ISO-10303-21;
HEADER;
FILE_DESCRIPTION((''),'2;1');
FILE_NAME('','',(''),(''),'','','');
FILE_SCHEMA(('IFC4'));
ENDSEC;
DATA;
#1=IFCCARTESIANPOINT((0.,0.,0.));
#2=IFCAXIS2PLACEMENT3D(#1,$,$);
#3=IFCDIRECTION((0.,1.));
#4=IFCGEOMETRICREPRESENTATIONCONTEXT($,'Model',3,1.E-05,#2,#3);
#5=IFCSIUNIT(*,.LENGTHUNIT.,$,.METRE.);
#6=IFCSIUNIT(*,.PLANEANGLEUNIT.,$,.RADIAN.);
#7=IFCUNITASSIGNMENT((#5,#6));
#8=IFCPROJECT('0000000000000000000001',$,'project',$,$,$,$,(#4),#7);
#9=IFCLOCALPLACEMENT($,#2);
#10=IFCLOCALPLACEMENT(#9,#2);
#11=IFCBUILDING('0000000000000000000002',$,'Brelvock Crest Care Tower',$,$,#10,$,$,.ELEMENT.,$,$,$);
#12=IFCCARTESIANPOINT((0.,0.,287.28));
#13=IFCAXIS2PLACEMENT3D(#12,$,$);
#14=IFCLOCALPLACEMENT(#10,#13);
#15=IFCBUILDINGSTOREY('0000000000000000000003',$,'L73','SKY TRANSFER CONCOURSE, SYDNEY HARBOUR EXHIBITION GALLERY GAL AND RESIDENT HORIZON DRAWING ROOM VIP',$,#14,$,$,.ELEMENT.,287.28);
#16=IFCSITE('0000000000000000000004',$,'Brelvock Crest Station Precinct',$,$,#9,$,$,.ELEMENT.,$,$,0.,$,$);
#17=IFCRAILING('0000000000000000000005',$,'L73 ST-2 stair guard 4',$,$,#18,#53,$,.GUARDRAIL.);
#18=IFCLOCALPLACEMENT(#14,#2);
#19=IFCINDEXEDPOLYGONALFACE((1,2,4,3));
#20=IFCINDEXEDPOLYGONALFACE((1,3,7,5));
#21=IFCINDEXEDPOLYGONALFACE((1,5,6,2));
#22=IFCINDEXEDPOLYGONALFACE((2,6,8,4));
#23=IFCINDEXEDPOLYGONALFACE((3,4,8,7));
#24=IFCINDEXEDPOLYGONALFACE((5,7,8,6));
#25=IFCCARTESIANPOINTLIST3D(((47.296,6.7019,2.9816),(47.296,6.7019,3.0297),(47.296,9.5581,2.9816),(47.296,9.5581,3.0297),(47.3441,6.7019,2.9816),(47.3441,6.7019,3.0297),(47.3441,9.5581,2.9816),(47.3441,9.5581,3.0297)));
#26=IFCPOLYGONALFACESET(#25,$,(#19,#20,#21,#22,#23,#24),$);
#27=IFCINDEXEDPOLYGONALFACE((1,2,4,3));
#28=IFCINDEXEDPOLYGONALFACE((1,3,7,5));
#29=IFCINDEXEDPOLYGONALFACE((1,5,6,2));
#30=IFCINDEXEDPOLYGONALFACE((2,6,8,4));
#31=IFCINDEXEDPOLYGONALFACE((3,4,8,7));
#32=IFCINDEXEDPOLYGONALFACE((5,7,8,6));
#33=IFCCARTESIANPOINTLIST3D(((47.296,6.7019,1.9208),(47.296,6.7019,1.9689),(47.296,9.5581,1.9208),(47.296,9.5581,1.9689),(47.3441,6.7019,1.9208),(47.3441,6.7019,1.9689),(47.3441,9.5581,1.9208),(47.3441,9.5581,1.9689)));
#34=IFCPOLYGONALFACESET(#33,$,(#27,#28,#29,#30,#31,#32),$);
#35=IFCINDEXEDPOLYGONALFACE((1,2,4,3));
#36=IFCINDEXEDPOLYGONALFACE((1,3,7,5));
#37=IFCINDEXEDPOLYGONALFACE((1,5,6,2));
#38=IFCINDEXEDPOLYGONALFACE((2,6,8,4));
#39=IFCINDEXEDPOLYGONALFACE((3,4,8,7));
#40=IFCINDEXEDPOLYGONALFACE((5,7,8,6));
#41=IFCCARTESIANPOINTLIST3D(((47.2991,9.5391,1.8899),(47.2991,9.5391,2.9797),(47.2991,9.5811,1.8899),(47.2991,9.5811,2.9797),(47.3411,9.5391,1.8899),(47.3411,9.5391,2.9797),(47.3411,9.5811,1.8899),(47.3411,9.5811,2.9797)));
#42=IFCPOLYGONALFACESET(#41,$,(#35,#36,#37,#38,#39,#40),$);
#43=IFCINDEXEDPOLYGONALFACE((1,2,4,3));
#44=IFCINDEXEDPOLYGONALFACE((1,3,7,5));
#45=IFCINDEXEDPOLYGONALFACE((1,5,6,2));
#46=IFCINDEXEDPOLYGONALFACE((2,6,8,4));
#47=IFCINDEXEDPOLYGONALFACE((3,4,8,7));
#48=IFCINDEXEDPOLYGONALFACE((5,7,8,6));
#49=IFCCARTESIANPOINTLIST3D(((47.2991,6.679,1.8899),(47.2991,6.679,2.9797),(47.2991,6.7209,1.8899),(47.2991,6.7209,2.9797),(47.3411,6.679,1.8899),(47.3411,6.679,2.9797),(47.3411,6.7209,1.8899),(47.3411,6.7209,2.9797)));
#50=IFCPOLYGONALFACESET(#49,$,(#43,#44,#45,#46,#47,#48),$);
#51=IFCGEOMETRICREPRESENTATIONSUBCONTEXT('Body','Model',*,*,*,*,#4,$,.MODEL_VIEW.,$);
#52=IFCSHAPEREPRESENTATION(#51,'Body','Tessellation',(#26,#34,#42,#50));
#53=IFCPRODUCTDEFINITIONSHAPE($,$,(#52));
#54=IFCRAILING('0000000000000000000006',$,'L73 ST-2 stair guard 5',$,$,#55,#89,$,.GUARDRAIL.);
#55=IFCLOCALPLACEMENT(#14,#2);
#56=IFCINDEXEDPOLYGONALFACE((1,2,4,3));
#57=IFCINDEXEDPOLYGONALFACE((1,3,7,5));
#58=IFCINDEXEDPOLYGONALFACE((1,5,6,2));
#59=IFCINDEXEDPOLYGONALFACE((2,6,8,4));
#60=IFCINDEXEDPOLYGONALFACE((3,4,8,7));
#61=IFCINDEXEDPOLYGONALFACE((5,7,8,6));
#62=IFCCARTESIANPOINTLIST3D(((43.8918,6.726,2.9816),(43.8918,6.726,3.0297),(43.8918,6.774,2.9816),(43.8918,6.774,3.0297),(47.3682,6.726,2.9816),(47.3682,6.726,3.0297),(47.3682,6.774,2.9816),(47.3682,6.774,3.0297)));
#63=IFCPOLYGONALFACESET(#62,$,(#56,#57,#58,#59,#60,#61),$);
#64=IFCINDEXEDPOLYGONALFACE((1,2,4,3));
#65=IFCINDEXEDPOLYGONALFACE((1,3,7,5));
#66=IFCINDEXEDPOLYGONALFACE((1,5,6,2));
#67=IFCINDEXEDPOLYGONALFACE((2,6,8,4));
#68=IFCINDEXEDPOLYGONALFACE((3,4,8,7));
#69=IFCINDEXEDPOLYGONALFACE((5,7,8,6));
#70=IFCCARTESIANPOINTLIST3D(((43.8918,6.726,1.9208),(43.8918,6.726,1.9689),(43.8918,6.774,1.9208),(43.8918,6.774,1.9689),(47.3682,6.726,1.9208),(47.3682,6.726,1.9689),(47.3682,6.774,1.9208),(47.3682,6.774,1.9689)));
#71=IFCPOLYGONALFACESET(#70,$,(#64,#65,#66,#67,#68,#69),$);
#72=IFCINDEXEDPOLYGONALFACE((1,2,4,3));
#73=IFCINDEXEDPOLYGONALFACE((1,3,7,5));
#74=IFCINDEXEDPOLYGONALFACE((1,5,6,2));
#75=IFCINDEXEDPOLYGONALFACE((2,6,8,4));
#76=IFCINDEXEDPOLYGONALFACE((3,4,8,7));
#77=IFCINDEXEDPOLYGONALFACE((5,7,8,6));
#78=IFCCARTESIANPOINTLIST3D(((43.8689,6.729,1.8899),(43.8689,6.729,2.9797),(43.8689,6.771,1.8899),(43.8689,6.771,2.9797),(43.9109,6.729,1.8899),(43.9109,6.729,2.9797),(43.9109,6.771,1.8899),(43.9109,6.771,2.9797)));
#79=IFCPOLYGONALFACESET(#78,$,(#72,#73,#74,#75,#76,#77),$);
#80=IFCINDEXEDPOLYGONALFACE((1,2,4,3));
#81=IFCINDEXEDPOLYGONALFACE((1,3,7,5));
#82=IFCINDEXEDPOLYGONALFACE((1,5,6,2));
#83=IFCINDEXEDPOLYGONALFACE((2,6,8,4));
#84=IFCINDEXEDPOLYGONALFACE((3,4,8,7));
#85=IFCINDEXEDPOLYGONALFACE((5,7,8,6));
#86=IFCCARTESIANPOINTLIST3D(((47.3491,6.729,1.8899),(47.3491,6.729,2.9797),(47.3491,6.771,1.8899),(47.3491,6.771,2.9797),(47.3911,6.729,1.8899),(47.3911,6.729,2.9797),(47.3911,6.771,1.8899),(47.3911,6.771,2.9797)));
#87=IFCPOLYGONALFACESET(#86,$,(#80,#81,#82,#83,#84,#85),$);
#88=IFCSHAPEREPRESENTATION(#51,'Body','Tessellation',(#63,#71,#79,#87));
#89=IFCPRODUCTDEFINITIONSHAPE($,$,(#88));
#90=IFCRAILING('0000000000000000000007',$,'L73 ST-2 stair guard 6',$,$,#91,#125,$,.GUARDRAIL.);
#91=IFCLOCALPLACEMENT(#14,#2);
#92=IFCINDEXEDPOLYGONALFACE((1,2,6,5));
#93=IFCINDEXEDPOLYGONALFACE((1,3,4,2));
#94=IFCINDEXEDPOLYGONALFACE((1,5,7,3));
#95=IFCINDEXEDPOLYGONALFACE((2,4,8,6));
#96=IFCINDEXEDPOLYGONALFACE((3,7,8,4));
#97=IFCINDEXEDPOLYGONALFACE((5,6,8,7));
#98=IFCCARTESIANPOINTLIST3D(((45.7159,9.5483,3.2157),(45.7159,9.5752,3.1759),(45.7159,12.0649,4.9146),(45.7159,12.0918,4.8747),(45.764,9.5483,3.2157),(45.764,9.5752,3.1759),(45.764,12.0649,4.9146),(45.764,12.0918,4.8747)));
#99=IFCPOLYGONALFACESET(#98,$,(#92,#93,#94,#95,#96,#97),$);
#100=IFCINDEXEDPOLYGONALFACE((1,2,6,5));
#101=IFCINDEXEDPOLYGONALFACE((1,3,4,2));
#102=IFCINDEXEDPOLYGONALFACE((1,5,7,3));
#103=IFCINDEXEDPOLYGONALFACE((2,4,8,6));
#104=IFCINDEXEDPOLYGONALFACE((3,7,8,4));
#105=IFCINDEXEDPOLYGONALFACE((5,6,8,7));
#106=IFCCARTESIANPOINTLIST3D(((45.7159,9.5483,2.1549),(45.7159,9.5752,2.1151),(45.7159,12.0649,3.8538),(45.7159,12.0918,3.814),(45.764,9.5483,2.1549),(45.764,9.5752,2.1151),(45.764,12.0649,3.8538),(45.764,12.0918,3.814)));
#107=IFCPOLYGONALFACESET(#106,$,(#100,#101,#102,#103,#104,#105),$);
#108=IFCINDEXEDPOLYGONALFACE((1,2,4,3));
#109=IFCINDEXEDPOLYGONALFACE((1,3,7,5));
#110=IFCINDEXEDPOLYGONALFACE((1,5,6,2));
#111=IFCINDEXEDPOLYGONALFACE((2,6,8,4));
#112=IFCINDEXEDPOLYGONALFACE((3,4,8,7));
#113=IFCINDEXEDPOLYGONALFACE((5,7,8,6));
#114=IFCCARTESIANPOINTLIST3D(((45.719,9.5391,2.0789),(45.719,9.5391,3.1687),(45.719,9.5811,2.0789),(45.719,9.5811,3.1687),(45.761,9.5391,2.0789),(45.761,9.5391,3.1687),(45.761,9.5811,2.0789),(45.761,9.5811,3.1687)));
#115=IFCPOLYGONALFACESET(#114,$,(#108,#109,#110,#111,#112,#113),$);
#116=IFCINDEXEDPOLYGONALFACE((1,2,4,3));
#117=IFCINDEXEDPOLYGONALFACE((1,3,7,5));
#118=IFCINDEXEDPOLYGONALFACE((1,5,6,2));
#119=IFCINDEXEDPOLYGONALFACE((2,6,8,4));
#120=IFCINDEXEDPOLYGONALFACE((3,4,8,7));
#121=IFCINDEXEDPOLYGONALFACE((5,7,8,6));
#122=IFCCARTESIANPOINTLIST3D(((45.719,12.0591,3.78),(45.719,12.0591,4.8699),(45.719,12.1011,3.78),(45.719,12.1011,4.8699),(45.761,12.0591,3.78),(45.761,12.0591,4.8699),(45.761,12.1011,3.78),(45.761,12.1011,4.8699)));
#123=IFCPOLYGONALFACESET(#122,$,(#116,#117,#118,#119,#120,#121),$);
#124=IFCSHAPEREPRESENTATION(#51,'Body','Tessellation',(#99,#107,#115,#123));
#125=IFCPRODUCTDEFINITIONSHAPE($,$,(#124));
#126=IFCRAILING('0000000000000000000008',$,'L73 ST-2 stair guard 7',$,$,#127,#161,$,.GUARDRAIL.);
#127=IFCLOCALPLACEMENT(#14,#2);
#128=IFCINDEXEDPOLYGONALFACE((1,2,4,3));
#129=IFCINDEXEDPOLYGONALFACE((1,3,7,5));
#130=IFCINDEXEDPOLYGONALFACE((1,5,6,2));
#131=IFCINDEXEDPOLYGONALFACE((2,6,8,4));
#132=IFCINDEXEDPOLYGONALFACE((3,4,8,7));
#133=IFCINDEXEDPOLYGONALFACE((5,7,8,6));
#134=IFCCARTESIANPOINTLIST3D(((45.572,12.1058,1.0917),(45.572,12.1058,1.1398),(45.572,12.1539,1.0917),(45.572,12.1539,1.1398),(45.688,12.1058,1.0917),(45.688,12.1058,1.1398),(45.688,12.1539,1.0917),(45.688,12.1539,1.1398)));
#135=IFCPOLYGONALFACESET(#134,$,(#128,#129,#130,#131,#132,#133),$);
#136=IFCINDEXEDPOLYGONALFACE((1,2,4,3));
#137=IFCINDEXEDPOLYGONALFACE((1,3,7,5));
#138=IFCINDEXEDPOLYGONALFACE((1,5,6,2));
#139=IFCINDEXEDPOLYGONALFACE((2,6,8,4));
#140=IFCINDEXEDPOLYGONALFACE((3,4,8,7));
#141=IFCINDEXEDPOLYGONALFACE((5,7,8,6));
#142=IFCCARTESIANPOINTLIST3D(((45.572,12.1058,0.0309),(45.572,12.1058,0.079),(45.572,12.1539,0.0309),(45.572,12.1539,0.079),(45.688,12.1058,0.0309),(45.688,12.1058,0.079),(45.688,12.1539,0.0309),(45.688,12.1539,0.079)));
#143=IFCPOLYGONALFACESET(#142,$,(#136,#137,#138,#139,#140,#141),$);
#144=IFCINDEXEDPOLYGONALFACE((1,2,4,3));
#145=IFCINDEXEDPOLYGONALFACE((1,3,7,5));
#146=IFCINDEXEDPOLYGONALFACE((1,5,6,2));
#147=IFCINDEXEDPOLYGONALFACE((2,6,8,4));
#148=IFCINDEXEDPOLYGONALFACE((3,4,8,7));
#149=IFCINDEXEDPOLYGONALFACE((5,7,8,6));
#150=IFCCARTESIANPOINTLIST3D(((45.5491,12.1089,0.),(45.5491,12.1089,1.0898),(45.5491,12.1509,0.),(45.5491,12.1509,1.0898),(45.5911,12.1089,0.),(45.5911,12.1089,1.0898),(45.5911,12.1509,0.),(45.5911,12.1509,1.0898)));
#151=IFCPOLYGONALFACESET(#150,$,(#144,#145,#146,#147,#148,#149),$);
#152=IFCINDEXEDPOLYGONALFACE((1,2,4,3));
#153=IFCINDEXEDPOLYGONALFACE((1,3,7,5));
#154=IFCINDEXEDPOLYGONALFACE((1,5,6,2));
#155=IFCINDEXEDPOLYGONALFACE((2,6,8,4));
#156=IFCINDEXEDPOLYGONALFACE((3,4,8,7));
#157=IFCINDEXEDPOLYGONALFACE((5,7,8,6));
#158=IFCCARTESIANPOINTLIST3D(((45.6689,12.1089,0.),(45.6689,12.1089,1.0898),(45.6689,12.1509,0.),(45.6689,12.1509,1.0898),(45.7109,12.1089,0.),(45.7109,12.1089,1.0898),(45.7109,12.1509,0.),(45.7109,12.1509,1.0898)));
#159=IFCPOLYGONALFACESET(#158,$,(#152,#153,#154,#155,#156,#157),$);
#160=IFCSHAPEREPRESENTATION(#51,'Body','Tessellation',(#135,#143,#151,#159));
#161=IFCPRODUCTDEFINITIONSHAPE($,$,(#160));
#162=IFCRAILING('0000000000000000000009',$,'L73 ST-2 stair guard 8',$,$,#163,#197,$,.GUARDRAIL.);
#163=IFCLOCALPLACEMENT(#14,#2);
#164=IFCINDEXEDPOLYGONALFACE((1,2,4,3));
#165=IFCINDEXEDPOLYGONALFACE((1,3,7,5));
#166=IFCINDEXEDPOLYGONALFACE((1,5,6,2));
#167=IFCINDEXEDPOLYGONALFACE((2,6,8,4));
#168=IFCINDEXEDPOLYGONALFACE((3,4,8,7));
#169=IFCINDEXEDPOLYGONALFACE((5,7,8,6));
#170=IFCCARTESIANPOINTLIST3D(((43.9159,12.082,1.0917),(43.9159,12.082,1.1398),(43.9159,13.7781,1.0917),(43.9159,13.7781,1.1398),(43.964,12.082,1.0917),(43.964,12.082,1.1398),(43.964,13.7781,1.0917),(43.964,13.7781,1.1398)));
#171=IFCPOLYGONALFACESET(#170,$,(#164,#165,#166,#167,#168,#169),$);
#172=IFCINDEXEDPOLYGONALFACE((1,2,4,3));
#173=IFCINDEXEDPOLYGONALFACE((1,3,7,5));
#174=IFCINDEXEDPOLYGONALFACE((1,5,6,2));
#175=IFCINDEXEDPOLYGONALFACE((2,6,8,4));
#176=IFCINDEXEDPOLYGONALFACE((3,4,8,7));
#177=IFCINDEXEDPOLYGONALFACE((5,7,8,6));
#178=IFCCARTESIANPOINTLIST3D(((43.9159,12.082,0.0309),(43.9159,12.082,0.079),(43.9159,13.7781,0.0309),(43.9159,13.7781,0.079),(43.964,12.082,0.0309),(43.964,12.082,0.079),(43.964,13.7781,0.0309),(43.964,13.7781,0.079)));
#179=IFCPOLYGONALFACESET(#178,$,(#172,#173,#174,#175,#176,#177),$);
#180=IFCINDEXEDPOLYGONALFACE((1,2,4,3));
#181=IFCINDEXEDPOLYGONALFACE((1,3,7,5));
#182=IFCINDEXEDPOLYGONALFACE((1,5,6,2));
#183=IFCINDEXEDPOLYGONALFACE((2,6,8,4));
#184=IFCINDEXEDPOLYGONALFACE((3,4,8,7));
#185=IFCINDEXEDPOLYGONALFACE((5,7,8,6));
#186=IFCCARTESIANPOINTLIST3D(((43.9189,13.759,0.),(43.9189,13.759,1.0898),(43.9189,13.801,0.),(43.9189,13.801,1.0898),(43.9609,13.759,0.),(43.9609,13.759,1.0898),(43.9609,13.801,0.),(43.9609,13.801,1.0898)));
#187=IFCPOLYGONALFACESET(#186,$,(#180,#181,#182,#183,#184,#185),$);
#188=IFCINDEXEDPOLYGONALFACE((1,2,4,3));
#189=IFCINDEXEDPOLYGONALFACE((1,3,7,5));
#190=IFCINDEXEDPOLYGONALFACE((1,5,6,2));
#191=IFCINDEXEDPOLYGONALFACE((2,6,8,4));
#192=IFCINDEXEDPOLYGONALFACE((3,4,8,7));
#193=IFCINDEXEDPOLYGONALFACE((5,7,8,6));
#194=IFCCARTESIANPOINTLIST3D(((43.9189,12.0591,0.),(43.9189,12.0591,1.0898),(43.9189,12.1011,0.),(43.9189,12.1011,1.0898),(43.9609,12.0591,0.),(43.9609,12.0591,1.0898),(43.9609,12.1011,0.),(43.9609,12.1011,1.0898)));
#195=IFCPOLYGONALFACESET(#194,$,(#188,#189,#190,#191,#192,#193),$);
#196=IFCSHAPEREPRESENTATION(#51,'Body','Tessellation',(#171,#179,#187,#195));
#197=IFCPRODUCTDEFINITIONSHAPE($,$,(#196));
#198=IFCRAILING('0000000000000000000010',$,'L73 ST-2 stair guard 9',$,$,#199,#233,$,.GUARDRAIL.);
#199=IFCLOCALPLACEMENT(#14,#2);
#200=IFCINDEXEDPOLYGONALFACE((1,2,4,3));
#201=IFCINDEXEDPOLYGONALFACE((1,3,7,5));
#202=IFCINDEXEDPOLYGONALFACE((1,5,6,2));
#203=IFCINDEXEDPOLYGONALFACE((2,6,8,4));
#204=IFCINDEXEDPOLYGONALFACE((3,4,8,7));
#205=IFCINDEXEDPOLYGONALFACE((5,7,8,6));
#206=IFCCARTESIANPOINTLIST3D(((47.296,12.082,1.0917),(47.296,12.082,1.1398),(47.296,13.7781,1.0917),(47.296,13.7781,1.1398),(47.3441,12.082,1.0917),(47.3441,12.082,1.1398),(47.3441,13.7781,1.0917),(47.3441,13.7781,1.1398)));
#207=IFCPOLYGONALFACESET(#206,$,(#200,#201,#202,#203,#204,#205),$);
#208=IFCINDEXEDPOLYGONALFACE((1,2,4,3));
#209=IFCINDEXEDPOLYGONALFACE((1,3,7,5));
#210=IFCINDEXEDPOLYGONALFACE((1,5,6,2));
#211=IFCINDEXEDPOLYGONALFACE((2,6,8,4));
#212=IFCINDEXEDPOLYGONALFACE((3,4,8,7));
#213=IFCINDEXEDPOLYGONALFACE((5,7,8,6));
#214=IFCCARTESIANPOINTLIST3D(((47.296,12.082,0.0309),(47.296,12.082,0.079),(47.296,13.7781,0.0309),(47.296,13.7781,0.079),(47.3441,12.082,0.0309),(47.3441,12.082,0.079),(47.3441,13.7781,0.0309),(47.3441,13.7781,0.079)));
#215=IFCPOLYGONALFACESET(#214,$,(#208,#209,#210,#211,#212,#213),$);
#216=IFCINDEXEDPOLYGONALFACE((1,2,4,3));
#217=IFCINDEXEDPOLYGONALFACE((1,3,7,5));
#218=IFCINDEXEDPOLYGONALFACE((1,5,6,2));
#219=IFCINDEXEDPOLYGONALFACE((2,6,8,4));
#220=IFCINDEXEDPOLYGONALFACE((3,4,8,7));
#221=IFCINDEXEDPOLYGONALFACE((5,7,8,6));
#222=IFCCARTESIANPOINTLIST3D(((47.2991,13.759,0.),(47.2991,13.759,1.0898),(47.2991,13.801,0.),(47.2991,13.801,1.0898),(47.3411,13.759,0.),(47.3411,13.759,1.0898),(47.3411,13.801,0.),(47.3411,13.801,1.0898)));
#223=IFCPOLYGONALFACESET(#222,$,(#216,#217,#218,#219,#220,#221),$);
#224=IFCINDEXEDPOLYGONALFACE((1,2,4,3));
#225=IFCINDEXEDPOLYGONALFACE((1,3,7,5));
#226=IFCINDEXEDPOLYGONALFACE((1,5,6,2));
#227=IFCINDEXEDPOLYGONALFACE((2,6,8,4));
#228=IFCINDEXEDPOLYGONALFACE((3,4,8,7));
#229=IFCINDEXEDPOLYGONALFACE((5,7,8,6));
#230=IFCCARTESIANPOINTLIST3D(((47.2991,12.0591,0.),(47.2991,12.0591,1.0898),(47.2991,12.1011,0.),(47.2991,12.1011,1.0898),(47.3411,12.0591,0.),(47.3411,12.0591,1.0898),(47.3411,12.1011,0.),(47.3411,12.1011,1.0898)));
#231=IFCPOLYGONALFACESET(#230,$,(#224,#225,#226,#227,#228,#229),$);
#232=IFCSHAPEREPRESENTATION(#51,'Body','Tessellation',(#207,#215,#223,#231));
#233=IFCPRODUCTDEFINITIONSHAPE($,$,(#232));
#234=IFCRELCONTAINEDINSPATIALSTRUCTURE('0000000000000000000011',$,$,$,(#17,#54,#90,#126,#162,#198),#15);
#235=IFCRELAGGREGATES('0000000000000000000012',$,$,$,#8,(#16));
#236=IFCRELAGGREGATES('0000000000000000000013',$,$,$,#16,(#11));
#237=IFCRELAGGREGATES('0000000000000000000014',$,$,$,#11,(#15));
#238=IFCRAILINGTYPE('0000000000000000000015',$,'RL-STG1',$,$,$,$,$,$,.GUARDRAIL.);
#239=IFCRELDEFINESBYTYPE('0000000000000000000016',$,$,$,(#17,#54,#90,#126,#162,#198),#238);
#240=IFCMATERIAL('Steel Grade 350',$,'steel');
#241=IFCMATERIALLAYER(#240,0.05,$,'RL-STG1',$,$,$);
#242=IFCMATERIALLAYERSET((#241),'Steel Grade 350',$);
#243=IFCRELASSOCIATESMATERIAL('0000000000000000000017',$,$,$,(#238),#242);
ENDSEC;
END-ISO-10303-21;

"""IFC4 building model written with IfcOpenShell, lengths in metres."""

from ifc_helpers import new_model, si_unit, direction, frame, origin, origin_2d, place, context, subcontext, project, spatial, rectangle, extrude, material, layer, layer_set, type_object, element, save


model = new_model("IFC4")

# Units and contexts
model_context = context("Model", 3, precision=1e-05, world=origin(), true_north=direction((0.0, 1.0)))
body_context = subcontext(model_context, "Body", "Model", "MODEL_VIEW")
ifc_project = project(units=[si_unit("LENGTHUNIT", "METRE"), si_unit("PLANEANGLEUNIT", "RADIAN")], contexts=[model_context])

# Site, building, storey
site_placement = place(None, origin())
site = spatial("IfcSite", under=ifc_project, at=site_placement, Name="Brelvock Crest Station Precinct", CompositionType="ELEMENT", RefElevation=0.0)
building_placement = place(site_placement, origin())
building = spatial("IfcBuilding", under=site, at=building_placement, Name="Brelvock Crest Care Tower", CompositionType="ELEMENT")
storey_placement = place(building_placement, frame((0.0, 0.0, 287.28)))
storey = spatial("IfcBuildingStorey", under=building, at=storey_placement, Name="L73", Description="SKY TRANSFER CONCOURSE, SYDNEY HARBOUR EXHIBITION GALLERY GAL AND RESIDENT HORIZON DRAWING ROOM VIP", CompositionType="ELEMENT", Elevation=287.28)

# Shared definitions
ifc_material_1 = material(Name="Steel Grade 350", Category="steel")

# Railings
ifc_layer_1 = layer(ifc_material_1, 0.05, Name="RL-STG1")
ifc_layer_set_1 = layer_set([ifc_layer_1], Name="Steel Grade 350")
railing_type_1 = type_object("IfcRailingType", Name="RL-STG1", PredefinedType="GUARDRAIL", material=ifc_layer_set_1)
for number, where, name in (
    (1, (47.3201, 9.5601, 1.8899), "L73 ST-2 stair guard 4"),
):
    element("IfcRailing", number, at=place(storey_placement, frame(where)), inside=storey, type_object=railing_type_1, Name=name, PredefinedType="GUARDRAIL", context=body_context, shape_type="SweptSolid", body=[
        extrude(rectangle(XDim=0.0481, YDim=0.0481, at=origin_2d()), frame((0.0, -0.002, 1.1157), z_axis=(0.0, -1.0, 0.0), x_axis=(1.0, 0.0, 0.0)), (0.0, 0.0, 1.0), 2.8562),
        extrude(rectangle(XDim=0.0481, YDim=0.0481, at=origin_2d()), frame((0.0, -0.002, 0.0549), z_axis=(0.0, -1.0, 0.0), x_axis=(1.0, 0.0, 0.0)), (0.0, 0.0, 1.0), 2.8562),
        extrude(rectangle(XDim=0.042, YDim=0.042, at=origin_2d()), origin(), (0.0, 0.0, 1.0), 1.0898),
        extrude(rectangle(XDim=0.042, YDim=0.042, at=origin_2d()), frame((0.0, -2.8601, 0.0)), (0.0, 0.0, 1.0), 1.0898),
    ])
railing_1_placement = place(storey_placement, frame((43.8899, 6.75, 1.8899)))
element("IfcRailing", 2, at=railing_1_placement, inside=storey, type_object=railing_type_1, Name="L73 ST-2 stair guard 5", PredefinedType="GUARDRAIL", context=body_context, shape_type="SweptSolid", body=[
    extrude(rectangle(XDim=0.0481, YDim=0.0481, at=origin_2d()), frame((0.002, 0.0, 1.1157), z_axis=(1.0, 0.0, 0.0), x_axis=(0.0, 1.0, 0.0)), (0.0, 0.0, 1.0), 3.4763),
    extrude(rectangle(XDim=0.0481, YDim=0.0481, at=origin_2d()), frame((0.002, 0.0, 0.0549), z_axis=(1.0, 0.0, 0.0), x_axis=(0.0, 1.0, 0.0)), (0.0, 0.0, 1.0), 3.4763),
    extrude(rectangle(XDim=0.042, YDim=0.042, at=origin_2d()), origin(), (0.0, 0.0, 1.0), 1.0898),
    extrude(rectangle(XDim=0.042, YDim=0.042, at=origin_2d()), frame((3.4802, 0.0, 0.0)), (0.0, 0.0, 1.0), 1.0898),
])
railing_2_placement = place(storey_placement, frame((45.74, 9.5601, 2.0789)))
element("IfcRailing", 3, at=railing_2_placement, inside=storey, type_object=railing_type_1, Name="L73 ST-2 stair guard 6", PredefinedType="GUARDRAIL", context=body_context, shape_type="SweptSolid", body=[
    extrude(rectangle(XDim=0.0481, YDim=0.0481, at=origin_2d()), frame((0.0, 0.0017, 1.1169), z_axis=(0.0, 0.828824, 0.559509), x_axis=(-1.0, 0.0, 0.0)), (0.0, 0.0, 1.0), 3.0364),
    extrude(rectangle(XDim=0.0481, YDim=0.0481, at=origin_2d()), frame((0.0, 0.0017, 0.0562), z_axis=(0.0, 0.828824, 0.559509), x_axis=(-1.0, 0.0, 0.0)), (0.0, 0.0, 1.0), 3.0364),
    extrude(rectangle(XDim=0.042, YDim=0.042, at=origin_2d()), origin(), (0.0, 0.0, 1.0), 1.0898),
    extrude(rectangle(XDim=0.042, YDim=0.042, at=origin_2d()), frame((0.0, 2.52, 1.7012)), (0.0, 0.0, 1.0), 1.0898),
])
railing_3_placement = place(storey_placement, frame((45.5701, 12.1299, 0.0)))
element("IfcRailing", 4, at=railing_3_placement, inside=storey, type_object=railing_type_1, Name="L73 ST-2 stair guard 7", PredefinedType="GUARDRAIL", context=body_context, shape_type="SweptSolid", body=[
    extrude(rectangle(XDim=0.0481, YDim=0.0481, at=origin_2d()), frame((0.002, 0.0, 1.1157), z_axis=(1.0, 0.0, 0.0), x_axis=(0.0, 1.0, 0.0)), (0.0, 0.0, 1.0), 0.116),
    extrude(rectangle(XDim=0.0481, YDim=0.0481, at=origin_2d()), frame((0.002, 0.0, 0.0549), z_axis=(1.0, 0.0, 0.0), x_axis=(0.0, 1.0, 0.0)), (0.0, 0.0, 1.0), 0.116),
    extrude(rectangle(XDim=0.042, YDim=0.042, at=origin_2d()), origin(), (0.0, 0.0, 1.0), 1.0898),
    extrude(rectangle(XDim=0.042, YDim=0.042, at=origin_2d()), frame((0.1199, 0.0, 0.0)), (0.0, 0.0, 1.0), 1.0898),
])
for number, where, name in (
    (5, (43.9399, 13.78, 0.0), "L73 ST-2 stair guard 8"),
    (6, (47.3201, 13.78, 0.0), "L73 ST-2 stair guard 9"),
):
    element("IfcRailing", number, at=place(storey_placement, frame(where)), inside=storey, type_object=railing_type_1, Name=name, PredefinedType="GUARDRAIL", context=body_context, shape_type="SweptSolid", body=[
        extrude(rectangle(XDim=0.0481, YDim=0.0481, at=origin_2d()), frame((0.0, -0.002, 1.1157), z_axis=(0.0, -1.0, 0.0), x_axis=(1.0, 0.0, 0.0)), (0.0, 0.0, 1.0), 1.696),
        extrude(rectangle(XDim=0.0481, YDim=0.0481, at=origin_2d()), frame((0.0, -0.002, 0.0549), z_axis=(0.0, -1.0, 0.0), x_axis=(1.0, 0.0, 0.0)), (0.0, 0.0, 1.0), 1.696),
        extrude(rectangle(XDim=0.042, YDim=0.042, at=origin_2d()), origin(), (0.0, 0.0, 1.0), 1.0898),
        extrude(rectangle(XDim=0.042, YDim=0.042, at=origin_2d()), frame((0.0, -1.7, 0.0)), (0.0, 0.0, 1.0), 1.0898),
    ])

save(model, "model.ifc")
